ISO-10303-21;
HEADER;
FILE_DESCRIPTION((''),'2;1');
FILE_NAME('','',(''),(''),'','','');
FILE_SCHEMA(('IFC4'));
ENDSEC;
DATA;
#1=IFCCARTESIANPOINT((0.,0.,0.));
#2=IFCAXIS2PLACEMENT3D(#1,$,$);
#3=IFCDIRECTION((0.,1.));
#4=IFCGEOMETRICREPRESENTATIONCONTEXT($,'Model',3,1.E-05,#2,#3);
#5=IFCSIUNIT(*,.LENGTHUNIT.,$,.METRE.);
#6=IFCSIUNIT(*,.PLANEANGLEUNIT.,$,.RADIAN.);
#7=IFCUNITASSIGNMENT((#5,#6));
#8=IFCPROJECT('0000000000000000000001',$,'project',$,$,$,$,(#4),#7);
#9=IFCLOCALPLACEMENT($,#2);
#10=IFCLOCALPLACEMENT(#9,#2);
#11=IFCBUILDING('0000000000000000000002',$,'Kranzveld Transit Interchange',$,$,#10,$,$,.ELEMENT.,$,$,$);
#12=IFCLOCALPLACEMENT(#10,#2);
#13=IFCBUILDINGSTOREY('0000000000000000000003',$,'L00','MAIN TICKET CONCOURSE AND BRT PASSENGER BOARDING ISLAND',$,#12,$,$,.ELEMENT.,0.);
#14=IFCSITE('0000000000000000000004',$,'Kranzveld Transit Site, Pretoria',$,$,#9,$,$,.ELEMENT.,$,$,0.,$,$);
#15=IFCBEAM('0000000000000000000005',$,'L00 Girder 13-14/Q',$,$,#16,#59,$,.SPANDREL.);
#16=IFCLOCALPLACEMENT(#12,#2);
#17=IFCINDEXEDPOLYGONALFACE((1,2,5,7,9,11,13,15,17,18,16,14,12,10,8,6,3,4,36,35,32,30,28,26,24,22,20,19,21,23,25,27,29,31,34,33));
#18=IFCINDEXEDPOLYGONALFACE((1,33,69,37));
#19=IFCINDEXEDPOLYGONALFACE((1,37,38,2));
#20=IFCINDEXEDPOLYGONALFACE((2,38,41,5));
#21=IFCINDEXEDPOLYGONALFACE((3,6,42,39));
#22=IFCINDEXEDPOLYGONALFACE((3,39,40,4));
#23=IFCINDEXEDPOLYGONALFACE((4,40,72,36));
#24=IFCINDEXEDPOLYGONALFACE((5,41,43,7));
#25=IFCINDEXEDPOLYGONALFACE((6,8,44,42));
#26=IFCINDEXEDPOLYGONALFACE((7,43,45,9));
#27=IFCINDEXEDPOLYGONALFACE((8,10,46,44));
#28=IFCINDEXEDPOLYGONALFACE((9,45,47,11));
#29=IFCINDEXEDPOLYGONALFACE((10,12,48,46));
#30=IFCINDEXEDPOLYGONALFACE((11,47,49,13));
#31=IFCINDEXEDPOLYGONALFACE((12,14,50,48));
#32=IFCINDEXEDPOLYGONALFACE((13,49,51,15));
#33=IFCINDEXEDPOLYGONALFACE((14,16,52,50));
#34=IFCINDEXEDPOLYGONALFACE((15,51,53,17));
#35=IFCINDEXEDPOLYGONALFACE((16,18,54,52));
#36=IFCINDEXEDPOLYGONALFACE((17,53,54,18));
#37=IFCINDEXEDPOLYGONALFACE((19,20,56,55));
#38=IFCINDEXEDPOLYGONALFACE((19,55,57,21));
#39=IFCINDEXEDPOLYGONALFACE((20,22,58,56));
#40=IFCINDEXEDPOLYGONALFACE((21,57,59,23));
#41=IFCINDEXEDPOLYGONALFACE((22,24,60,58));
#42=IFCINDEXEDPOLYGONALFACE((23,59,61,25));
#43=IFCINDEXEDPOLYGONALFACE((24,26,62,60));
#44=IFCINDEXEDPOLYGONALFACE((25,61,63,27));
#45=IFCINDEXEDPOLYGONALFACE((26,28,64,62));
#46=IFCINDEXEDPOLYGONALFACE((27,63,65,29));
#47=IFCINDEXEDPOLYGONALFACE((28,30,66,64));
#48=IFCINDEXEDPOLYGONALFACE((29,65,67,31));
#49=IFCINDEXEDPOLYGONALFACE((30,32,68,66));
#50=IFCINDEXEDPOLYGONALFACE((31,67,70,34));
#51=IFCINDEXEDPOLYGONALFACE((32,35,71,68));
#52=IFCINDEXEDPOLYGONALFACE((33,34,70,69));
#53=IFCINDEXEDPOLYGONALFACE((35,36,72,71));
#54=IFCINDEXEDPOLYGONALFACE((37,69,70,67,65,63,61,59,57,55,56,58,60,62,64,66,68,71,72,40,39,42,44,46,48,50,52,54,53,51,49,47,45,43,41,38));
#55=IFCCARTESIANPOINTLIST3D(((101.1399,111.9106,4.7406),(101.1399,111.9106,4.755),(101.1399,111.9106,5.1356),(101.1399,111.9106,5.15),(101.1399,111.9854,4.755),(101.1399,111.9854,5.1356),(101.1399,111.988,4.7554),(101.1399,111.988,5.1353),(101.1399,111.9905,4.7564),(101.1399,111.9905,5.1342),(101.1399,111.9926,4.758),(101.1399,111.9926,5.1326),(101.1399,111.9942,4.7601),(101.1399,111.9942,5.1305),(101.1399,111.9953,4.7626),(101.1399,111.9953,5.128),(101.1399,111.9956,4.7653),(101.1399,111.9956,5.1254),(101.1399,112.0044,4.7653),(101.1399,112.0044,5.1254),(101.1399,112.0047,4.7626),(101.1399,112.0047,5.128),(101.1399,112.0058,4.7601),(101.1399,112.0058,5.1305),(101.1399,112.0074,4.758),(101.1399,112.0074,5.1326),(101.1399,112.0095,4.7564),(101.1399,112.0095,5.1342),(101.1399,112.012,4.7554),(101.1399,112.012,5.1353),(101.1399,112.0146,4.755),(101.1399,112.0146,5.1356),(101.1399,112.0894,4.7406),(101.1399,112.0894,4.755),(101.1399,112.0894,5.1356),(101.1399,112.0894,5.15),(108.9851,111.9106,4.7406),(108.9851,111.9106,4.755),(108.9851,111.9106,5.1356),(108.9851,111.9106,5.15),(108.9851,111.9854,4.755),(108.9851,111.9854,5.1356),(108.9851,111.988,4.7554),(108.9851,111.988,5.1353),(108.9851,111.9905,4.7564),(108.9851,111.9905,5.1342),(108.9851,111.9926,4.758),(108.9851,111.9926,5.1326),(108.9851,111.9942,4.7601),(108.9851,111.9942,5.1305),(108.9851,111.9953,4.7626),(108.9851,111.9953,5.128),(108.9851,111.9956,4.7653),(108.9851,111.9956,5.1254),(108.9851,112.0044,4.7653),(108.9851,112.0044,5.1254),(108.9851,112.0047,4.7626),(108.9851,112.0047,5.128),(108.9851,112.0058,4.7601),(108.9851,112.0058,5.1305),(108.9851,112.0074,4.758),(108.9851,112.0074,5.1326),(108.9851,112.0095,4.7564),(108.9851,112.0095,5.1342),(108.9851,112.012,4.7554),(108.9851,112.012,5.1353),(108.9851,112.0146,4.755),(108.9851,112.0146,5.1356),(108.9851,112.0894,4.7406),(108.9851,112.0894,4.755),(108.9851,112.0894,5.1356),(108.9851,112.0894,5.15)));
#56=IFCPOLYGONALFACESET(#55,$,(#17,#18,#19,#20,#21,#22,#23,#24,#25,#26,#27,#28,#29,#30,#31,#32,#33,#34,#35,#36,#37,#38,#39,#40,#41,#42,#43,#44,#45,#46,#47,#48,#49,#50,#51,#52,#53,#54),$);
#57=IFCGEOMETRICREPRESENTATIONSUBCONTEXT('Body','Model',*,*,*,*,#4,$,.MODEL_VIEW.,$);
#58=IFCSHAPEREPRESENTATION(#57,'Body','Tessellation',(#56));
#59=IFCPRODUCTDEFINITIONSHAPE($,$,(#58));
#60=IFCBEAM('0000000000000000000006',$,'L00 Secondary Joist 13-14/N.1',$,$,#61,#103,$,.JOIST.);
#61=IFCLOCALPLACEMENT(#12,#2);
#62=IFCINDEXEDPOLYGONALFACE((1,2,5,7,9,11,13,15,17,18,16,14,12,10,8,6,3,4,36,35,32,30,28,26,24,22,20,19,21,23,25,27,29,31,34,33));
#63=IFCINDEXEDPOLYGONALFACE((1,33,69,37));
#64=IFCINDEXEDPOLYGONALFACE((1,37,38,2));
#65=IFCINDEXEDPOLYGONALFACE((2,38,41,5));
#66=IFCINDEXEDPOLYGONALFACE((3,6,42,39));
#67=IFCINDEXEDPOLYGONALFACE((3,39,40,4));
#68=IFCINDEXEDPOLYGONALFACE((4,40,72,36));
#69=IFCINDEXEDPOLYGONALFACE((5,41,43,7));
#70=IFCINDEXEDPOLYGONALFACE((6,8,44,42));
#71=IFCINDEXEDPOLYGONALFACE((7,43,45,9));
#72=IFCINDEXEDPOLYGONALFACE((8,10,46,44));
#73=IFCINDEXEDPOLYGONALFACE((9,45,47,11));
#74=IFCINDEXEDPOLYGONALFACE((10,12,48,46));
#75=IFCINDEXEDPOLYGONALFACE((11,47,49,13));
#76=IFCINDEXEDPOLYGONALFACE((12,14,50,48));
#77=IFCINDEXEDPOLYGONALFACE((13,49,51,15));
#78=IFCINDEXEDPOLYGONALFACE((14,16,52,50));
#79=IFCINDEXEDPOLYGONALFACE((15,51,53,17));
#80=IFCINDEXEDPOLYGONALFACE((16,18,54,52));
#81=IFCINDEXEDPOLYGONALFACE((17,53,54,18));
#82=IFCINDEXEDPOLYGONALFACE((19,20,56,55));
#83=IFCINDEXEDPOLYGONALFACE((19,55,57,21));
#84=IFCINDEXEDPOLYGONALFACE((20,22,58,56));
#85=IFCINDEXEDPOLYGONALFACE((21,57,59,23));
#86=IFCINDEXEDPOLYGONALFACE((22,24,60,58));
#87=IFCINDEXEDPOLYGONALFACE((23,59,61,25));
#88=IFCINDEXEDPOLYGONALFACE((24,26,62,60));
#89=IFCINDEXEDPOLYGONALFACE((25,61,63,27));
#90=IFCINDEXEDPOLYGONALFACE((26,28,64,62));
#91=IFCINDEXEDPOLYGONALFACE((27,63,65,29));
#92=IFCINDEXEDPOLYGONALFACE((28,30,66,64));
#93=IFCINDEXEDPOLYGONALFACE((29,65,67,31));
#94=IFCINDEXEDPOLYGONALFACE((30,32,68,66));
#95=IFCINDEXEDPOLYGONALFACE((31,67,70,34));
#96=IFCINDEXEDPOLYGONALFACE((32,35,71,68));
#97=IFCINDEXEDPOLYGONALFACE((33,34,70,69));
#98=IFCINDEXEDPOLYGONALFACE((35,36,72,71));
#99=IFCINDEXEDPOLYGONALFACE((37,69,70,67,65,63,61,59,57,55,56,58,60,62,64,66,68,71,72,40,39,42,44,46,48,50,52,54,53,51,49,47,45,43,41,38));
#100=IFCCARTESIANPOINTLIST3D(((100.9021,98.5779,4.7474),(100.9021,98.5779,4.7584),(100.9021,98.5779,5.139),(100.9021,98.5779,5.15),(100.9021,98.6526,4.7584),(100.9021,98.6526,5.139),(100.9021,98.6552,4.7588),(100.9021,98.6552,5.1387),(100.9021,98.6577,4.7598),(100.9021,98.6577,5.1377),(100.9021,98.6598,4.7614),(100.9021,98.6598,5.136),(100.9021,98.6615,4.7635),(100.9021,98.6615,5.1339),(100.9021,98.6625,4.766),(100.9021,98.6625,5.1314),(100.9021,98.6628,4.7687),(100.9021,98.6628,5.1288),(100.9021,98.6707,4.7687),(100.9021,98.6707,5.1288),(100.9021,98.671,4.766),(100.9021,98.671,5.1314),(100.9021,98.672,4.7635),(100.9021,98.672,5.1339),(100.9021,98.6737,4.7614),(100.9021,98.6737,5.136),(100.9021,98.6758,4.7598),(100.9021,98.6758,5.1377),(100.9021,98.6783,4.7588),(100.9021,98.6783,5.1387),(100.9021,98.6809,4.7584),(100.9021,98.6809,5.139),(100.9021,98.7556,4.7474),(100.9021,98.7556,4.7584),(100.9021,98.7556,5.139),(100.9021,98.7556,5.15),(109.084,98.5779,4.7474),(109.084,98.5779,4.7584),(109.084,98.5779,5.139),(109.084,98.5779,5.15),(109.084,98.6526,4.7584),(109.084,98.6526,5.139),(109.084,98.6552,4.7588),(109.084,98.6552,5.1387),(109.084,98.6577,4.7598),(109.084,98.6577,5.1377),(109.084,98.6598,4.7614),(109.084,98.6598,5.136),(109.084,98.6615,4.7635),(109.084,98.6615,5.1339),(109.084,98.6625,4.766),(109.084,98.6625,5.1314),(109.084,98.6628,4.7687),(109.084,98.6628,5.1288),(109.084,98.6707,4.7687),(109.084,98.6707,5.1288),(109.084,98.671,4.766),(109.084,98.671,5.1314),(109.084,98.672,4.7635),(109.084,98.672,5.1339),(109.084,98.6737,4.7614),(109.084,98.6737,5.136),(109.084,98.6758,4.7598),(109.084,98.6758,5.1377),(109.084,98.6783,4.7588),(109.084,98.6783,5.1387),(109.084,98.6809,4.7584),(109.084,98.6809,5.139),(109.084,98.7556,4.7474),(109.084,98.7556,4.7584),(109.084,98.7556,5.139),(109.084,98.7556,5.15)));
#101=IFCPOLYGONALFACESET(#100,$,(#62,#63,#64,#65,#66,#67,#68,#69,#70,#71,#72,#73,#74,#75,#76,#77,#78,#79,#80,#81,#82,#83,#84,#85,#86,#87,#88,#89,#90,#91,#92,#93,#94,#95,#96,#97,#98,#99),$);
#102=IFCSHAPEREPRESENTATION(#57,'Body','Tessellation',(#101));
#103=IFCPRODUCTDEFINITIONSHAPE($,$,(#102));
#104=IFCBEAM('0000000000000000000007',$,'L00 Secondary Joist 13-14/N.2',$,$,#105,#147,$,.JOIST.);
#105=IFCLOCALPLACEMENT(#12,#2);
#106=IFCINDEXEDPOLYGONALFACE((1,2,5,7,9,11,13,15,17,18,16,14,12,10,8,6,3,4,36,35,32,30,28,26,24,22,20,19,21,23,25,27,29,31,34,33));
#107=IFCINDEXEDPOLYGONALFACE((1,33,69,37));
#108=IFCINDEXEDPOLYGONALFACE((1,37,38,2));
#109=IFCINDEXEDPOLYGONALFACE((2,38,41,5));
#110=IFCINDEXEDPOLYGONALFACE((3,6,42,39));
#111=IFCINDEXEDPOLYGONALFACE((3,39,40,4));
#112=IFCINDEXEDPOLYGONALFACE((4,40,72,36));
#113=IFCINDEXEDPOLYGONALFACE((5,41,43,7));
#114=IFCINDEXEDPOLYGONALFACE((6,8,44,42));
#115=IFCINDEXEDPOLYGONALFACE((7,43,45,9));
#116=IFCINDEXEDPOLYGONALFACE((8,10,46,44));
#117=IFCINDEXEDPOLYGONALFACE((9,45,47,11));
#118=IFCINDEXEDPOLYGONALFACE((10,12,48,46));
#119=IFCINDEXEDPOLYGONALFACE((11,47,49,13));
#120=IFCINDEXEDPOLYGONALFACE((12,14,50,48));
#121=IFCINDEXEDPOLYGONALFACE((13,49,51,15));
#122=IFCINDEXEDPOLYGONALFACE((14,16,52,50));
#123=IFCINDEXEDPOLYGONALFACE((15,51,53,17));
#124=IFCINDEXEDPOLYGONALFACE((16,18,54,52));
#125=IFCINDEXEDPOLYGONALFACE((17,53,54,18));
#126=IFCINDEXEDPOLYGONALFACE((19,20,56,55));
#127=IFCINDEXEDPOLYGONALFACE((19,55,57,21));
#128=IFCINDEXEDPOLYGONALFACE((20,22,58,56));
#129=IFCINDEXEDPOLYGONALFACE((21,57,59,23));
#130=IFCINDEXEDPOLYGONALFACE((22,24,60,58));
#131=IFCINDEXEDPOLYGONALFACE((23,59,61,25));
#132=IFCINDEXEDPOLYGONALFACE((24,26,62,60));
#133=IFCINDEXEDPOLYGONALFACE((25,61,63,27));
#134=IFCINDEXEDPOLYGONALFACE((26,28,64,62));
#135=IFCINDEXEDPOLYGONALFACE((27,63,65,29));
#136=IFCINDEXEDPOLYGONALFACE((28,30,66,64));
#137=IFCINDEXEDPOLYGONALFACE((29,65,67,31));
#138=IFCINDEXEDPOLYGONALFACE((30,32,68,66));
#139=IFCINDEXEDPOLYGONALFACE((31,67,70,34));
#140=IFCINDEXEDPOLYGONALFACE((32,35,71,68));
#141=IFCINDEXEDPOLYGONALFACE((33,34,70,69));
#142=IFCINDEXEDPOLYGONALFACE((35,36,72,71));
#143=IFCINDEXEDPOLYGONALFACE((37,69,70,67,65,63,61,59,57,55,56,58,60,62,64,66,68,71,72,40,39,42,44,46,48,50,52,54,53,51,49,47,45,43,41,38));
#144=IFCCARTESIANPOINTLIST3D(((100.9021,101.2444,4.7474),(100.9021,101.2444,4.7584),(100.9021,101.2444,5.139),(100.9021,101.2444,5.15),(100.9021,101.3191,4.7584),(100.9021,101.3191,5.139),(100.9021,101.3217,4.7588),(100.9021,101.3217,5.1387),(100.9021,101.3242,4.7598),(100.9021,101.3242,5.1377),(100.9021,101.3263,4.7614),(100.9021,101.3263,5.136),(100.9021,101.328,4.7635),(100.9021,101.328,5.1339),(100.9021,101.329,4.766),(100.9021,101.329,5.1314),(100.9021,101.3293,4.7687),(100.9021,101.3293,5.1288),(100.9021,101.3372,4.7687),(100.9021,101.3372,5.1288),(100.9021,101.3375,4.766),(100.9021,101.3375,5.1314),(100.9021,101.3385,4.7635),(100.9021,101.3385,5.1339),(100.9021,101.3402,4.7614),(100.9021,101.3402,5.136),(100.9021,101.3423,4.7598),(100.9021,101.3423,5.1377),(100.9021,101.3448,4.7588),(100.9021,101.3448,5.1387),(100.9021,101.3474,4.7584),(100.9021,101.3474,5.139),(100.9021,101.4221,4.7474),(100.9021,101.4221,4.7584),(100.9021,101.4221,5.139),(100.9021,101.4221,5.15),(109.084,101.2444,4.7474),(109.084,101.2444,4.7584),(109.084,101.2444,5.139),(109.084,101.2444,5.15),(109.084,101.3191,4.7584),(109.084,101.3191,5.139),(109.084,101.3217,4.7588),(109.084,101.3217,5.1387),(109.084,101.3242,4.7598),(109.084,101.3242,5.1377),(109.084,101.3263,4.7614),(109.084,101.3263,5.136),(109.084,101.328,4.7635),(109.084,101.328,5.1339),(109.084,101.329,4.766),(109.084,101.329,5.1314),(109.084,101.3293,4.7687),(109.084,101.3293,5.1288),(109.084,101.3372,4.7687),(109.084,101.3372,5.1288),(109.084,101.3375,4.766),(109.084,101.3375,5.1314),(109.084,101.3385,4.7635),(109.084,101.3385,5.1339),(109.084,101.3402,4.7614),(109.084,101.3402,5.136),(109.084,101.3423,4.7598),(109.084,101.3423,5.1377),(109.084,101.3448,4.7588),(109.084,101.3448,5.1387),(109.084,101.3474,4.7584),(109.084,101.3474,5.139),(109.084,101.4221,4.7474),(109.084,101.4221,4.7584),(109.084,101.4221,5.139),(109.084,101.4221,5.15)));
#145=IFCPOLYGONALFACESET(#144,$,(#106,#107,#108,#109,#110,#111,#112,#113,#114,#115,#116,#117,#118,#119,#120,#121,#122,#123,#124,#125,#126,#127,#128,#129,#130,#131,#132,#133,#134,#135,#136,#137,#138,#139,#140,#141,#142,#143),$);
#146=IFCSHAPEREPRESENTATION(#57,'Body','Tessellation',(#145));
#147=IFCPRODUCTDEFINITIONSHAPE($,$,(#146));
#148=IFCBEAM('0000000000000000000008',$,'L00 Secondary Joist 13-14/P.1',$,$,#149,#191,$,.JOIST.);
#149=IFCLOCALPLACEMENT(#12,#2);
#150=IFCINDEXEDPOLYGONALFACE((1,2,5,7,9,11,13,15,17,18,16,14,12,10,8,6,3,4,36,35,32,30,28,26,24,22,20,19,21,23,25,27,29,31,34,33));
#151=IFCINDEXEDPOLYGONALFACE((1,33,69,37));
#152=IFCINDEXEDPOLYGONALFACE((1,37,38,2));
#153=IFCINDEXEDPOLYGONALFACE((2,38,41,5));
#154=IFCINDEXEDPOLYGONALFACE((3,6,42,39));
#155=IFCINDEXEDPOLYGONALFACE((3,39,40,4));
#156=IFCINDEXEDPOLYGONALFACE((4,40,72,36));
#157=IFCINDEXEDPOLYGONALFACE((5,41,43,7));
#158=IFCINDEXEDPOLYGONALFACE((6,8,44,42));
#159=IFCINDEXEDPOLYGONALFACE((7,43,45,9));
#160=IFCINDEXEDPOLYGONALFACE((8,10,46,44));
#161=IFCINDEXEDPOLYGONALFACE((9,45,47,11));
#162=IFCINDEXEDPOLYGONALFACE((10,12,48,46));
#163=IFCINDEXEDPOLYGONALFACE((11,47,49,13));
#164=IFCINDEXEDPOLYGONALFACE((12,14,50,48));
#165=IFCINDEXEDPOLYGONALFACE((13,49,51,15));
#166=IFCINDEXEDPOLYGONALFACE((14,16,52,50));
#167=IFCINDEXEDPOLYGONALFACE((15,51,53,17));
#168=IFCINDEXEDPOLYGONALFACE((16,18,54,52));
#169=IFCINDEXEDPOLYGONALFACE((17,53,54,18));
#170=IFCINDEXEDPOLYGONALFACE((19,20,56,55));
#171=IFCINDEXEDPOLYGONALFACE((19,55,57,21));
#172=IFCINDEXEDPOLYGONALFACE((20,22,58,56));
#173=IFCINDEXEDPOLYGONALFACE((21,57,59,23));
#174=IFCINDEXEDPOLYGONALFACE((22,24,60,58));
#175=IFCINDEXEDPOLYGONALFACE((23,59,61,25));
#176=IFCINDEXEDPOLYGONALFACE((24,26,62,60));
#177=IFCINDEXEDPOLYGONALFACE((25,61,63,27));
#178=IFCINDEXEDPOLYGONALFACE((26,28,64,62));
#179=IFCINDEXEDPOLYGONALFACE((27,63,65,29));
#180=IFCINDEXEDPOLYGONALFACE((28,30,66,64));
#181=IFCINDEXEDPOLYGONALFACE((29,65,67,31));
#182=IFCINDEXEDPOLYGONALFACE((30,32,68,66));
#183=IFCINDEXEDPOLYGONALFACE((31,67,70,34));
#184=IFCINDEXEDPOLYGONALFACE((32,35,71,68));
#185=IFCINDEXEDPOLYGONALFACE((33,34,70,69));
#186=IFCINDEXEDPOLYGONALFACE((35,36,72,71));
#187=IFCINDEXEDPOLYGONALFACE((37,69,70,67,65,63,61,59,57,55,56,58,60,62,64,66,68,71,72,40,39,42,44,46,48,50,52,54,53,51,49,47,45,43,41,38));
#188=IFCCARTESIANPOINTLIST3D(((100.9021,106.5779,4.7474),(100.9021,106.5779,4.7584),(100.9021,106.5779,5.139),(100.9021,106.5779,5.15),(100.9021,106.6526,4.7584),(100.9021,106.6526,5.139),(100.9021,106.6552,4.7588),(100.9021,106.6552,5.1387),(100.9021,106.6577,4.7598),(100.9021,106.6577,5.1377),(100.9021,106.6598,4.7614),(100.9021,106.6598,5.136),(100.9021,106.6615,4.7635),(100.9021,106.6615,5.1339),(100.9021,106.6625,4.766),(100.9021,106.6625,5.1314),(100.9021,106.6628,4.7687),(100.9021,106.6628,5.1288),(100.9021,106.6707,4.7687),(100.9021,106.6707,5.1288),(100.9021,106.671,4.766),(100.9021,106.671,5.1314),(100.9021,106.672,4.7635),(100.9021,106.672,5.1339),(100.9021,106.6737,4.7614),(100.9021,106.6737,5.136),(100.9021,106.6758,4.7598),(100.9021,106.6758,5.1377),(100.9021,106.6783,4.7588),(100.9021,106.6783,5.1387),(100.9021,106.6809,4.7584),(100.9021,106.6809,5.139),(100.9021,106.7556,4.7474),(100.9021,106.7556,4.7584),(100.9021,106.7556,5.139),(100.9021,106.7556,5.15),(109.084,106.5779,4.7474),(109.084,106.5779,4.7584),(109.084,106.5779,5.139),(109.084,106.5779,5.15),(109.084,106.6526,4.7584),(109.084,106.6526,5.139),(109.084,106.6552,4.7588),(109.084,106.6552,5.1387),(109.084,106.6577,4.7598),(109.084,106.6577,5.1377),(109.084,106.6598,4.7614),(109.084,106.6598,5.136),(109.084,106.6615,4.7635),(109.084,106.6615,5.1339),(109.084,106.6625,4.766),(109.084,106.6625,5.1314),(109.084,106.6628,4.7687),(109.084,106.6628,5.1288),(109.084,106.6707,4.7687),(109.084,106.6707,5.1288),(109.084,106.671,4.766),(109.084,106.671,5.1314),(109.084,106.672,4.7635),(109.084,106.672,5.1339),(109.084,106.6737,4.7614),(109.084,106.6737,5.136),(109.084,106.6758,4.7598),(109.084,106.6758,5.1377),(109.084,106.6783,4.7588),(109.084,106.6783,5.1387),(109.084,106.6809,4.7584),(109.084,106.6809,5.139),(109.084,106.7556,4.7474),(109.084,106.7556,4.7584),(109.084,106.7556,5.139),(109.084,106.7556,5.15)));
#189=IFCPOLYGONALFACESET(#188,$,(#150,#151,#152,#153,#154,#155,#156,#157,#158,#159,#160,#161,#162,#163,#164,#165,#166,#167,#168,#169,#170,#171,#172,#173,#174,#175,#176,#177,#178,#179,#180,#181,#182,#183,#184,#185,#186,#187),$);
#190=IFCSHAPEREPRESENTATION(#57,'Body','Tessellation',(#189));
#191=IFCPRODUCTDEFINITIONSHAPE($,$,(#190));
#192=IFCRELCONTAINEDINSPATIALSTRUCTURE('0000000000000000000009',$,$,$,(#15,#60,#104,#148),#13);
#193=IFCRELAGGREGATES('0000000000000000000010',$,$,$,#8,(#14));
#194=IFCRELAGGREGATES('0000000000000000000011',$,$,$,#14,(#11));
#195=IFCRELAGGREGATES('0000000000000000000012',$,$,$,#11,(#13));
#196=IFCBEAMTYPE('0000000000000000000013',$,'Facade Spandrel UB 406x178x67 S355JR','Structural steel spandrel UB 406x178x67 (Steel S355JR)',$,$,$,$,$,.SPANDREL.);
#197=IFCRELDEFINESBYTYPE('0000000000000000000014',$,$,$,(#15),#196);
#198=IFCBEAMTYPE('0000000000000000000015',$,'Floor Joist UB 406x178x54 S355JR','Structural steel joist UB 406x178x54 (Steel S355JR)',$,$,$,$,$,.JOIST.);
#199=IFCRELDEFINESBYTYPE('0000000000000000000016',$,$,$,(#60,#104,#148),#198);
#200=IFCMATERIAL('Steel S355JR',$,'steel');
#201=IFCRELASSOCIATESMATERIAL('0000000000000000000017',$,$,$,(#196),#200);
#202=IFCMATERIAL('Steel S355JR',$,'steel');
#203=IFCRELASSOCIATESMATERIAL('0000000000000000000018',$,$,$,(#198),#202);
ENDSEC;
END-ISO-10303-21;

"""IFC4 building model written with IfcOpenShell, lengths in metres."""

from ifc_helpers import new_model, si_unit, direction, frame, origin, origin_2d, place, context, subcontext, project, spatial, i_section, extrude, material, material_profile, profile_set, type_object, element, save


model = new_model("IFC4")

# Units and contexts
model_context = context("Model", 3, precision=1e-05, world=origin(), true_north=direction((0.0, 1.0)))
body_context = subcontext(model_context, "Body", "Model", "MODEL_VIEW")
ifc_project = project(units=[si_unit("LENGTHUNIT", "METRE"), si_unit("PLANEANGLEUNIT", "RADIAN")], contexts=[model_context])

# Site, building, storey
site_placement = place(None, origin())
site = spatial("IfcSite", under=ifc_project, at=site_placement, Name="Kranzveld Transit Site, Pretoria", CompositionType="ELEMENT", RefElevation=0.0)
building_placement = place(site_placement, origin())
building = spatial("IfcBuilding", under=site, at=building_placement, Name="Kranzveld Transit Interchange", CompositionType="ELEMENT")
storey_placement = place(building_placement, origin())
storey = spatial("IfcBuildingStorey", under=building, at=storey_placement, Name="L00", Description="MAIN TICKET CONCOURSE AND BRT PASSENGER BOARDING ISLAND", CompositionType="ELEMENT", Elevation=0.0)

# Beams
ifc_material_1 = material(Name="Steel S355JR", Category="steel")
ifc_material_profile_1 = material_profile(ifc_material_1, i_section(OverallWidth=0.1787, OverallDepth=0.4094, WebThickness=0.0088, FlangeThickness=0.0144, FilletRadius=0.0103, at=origin_2d()), Name="UB 406x178x67")
ifc_profile_set_1 = profile_set([ifc_material_profile_1], Name="Steel S355JR")
beam_type_1 = type_object("IfcBeamType", Name="Facade Spandrel UB 406x178x67 S355JR", Description="Structural steel spandrel UB 406x178x67 (Steel S355JR)", PredefinedType="SPANDREL", material=ifc_profile_set_1)
beam_1_placement = place(storey_placement, frame((101.1399, 112.0, 4.9453), z_axis=(1.0, 0.0, 0.0), x_axis=(0.0, 1.0, 0.0)))
element("IfcBeam", 1, at=beam_1_placement, inside=storey, type_object=beam_type_1, Name="L00 Girder 13-14/Q", PredefinedType="SPANDREL", context=body_context, shape_type="SweptSolid", body=[
    extrude(i_section(OverallWidth=0.1787, OverallDepth=0.4094, WebThickness=0.0088, FlangeThickness=0.0144, FilletRadius=0.0103, at=origin_2d()), origin(), (0.0, 0.0, 1.0), 7.8452),
])
ifc_material_2 = material(Name="Steel S355JR", Category="steel")
ifc_material_profile_2 = material_profile(ifc_material_2, i_section(OverallWidth=0.1777, OverallDepth=0.4026, WebThickness=0.0078, FlangeThickness=0.011, FilletRadius=0.0103, at=origin_2d()), Name="UB 406x178x54")
ifc_profile_set_2 = profile_set([ifc_material_profile_2], Name="Steel S355JR")
beam_type_2 = type_object("IfcBeamType", Name="Floor Joist UB 406x178x54 S355JR", Description="Structural steel joist UB 406x178x54 (Steel S355JR)", PredefinedType="JOIST", material=ifc_profile_set_2)
for number, where, z_axis, x_axis, name in (
    (2, (100.9021, 98.6667, 4.9487), (1.0, 0.0, 0.0), (0.0, 1.0, 0.0), "L00 Secondary Joist 13-14/N.1"),
    (3, (100.9021, 101.3333, 4.9487), (1.0, 0.0, 0.0), (0.0, 1.0, 0.0), "L00 Secondary Joist 13-14/N.2"),
    (4, (100.9021, 106.6667, 4.9487), (1.0, 0.0, 0.0), (0.0, 1.0, 0.0), "L00 Secondary Joist 13-14/P.1"),
):
    element("IfcBeam", number, at=place(storey_placement, frame(where, z_axis=z_axis, x_axis=x_axis)), inside=storey, type_object=beam_type_2, Name=name, PredefinedType="JOIST", context=body_context, shape_type="SweptSolid", body=[
        extrude(i_section(OverallWidth=0.1777, OverallDepth=0.4026, WebThickness=0.0078, FlangeThickness=0.011, FilletRadius=0.0103, at=origin_2d()), origin(), (0.0, 0.0, 1.0), 8.1819),
    ])

save(model, "model.ifc")
